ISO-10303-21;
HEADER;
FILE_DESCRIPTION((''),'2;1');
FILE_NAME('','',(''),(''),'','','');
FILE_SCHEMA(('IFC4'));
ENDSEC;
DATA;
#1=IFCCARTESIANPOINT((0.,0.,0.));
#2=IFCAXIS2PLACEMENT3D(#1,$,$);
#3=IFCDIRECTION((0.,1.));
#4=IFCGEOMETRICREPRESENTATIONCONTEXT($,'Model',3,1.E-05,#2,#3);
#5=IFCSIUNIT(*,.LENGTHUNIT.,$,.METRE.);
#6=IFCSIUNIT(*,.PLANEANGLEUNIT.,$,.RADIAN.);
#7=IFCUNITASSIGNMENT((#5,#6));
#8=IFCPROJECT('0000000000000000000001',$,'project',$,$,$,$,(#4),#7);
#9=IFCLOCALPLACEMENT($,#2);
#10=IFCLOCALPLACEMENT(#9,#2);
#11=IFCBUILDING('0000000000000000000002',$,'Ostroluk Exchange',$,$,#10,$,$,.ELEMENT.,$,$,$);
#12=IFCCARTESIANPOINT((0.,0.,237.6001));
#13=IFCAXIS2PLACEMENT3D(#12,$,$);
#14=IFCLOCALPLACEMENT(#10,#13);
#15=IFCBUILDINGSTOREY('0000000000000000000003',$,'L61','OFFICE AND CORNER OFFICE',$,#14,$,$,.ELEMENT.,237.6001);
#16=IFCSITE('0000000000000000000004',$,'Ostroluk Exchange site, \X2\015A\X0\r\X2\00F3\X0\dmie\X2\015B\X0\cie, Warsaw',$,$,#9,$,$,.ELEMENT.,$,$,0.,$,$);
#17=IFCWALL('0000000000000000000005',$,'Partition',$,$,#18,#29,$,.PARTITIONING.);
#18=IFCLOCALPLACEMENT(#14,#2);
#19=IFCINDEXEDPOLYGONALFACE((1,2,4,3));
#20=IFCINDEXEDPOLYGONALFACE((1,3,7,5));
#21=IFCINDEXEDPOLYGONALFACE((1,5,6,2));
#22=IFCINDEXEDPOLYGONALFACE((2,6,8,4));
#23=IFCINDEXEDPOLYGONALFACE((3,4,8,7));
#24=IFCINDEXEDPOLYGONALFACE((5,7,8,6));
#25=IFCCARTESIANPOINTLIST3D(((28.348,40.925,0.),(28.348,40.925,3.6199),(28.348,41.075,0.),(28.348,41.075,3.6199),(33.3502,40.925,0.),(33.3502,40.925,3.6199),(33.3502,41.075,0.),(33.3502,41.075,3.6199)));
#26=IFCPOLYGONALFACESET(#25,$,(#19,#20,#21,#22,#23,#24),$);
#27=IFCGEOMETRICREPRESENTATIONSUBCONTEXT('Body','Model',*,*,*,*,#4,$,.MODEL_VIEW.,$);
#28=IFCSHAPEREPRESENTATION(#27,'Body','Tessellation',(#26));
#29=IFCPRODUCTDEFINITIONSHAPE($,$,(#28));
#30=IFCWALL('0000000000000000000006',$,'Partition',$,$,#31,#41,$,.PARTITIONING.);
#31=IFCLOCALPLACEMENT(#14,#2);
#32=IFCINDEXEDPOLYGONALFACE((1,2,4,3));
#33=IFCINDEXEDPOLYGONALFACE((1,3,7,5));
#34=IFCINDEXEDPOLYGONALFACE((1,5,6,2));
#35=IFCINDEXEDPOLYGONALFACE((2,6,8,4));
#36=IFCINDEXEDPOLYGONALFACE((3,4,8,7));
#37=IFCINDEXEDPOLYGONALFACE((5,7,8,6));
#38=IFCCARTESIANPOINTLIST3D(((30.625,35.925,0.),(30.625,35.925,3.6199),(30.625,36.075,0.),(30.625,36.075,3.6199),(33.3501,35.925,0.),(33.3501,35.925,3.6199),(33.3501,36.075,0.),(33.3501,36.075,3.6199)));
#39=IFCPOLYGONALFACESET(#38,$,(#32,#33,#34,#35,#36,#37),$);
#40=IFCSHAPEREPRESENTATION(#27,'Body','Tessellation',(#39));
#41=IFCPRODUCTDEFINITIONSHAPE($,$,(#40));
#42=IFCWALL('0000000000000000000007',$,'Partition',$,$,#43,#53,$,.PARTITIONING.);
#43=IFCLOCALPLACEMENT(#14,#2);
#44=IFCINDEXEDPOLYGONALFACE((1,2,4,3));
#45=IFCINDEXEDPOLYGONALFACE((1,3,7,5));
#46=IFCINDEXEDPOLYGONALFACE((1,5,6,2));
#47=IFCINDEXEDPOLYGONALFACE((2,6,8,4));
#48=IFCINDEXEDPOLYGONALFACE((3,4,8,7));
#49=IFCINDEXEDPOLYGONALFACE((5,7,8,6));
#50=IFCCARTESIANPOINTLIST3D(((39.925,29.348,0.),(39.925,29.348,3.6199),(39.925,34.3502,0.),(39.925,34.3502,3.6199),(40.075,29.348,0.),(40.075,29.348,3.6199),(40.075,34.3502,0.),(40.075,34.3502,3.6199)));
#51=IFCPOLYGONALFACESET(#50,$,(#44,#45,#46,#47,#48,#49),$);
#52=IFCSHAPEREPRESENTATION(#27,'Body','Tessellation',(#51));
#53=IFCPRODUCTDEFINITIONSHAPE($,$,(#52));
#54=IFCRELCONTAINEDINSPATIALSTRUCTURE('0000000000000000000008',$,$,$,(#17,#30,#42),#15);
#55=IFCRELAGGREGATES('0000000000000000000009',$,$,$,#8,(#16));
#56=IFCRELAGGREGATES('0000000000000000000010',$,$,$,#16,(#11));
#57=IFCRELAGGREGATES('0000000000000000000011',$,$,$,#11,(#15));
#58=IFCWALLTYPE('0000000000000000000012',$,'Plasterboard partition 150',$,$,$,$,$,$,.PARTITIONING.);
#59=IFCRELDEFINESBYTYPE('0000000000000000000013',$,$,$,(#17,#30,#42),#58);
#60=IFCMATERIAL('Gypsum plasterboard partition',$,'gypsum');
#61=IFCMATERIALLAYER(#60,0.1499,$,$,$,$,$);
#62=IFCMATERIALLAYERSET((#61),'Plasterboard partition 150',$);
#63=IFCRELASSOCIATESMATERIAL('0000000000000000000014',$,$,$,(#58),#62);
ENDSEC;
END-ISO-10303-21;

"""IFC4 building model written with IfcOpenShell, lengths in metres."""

from ifc_helpers import new_model, si_unit, direction, frame, frame_2d, origin, place, context, subcontext, project, spatial, rectangle, extrude, material, layer, layer_set, type_object, element, save


model = new_model("IFC4")

# Units and contexts
model_context = context("Model", 3, precision=1e-05, world=origin(), true_north=direction((0.0, 1.0)))
body_context = subcontext(model_context, "Body", "Model", "MODEL_VIEW")
ifc_project = project(units=[si_unit("LENGTHUNIT", "METRE"), si_unit("PLANEANGLEUNIT", "RADIAN")], contexts=[model_context])

# Site, building, storey
site_placement = place(None, origin())
site = spatial("IfcSite", under=ifc_project, at=site_placement, Name="Ostroluk Exchange site, Śródmieście, Warsaw", CompositionType="ELEMENT", RefElevation=0.0)
building_placement = place(site_placement, origin())
building = spatial("IfcBuilding", under=site, at=building_placement, Name="Ostroluk Exchange", CompositionType="ELEMENT")
storey_placement = place(building_placement, frame((0.0, 0.0, 237.6001)))
storey = spatial("IfcBuildingStorey", under=building, at=storey_placement, Name="L61", Description="OFFICE AND CORNER OFFICE", CompositionType="ELEMENT", Elevation=237.6001)

# Walls
ifc_material_1 = material(Name="Gypsum plasterboard partition", Category="gypsum")
ifc_layer_1 = layer(ifc_material_1, 0.1499)
ifc_layer_set_1 = layer_set([ifc_layer_1], Name="Plasterboard partition 150")
wall_type_1 = type_object("IfcWallType", Name="Plasterboard partition 150", PredefinedType="PARTITIONING", material=ifc_layer_set_1)
wall_1_placement = place(storey_placement, frame((33.3501, 41.0, 0.0), z_axis=(0.0, 0.0, 1.0), x_axis=(-1.0, 0.0, 0.0)))
element("IfcWall", 1, at=wall_1_placement, inside=storey, type_object=wall_type_1, Name="Partition", PredefinedType="PARTITIONING", context=body_context, shape_type="SweptSolid", body=[
    extrude(rectangle(XDim=5.0022, YDim=0.1499, at=frame_2d((2.501, 0.0))), origin(), (0.0, 0.0, 1.0), 3.6199),
])
wall_2_placement = place(storey_placement, frame((33.3501, 36.0, 0.0), z_axis=(0.0, 0.0, 1.0), x_axis=(-1.0, 0.0, 0.0)))
element("IfcWall", 2, at=wall_2_placement, inside=storey, type_object=wall_type_1, Name="Partition", PredefinedType="PARTITIONING", context=body_context, shape_type="SweptSolid", body=[
    extrude(rectangle(XDim=2.7251, YDim=0.1499, at=frame_2d((1.3625, 0.0))), origin(), (0.0, 0.0, 1.0), 3.6199),
])
wall_3_placement = place(storey_placement, frame((40.0, 34.3501, 0.0), z_axis=(0.0, 0.0, 1.0), x_axis=(0.0, -1.0, 0.0)))
element("IfcWall", 3, at=wall_3_placement, inside=storey, type_object=wall_type_1, Name="Partition", PredefinedType="PARTITIONING", context=body_context, shape_type="SweptSolid", body=[
    extrude(rectangle(XDim=5.0022, YDim=0.1499, at=frame_2d((2.501, 0.0))), origin(), (0.0, 0.0, 1.0), 3.6199),
])

save(model, "model.ifc")
